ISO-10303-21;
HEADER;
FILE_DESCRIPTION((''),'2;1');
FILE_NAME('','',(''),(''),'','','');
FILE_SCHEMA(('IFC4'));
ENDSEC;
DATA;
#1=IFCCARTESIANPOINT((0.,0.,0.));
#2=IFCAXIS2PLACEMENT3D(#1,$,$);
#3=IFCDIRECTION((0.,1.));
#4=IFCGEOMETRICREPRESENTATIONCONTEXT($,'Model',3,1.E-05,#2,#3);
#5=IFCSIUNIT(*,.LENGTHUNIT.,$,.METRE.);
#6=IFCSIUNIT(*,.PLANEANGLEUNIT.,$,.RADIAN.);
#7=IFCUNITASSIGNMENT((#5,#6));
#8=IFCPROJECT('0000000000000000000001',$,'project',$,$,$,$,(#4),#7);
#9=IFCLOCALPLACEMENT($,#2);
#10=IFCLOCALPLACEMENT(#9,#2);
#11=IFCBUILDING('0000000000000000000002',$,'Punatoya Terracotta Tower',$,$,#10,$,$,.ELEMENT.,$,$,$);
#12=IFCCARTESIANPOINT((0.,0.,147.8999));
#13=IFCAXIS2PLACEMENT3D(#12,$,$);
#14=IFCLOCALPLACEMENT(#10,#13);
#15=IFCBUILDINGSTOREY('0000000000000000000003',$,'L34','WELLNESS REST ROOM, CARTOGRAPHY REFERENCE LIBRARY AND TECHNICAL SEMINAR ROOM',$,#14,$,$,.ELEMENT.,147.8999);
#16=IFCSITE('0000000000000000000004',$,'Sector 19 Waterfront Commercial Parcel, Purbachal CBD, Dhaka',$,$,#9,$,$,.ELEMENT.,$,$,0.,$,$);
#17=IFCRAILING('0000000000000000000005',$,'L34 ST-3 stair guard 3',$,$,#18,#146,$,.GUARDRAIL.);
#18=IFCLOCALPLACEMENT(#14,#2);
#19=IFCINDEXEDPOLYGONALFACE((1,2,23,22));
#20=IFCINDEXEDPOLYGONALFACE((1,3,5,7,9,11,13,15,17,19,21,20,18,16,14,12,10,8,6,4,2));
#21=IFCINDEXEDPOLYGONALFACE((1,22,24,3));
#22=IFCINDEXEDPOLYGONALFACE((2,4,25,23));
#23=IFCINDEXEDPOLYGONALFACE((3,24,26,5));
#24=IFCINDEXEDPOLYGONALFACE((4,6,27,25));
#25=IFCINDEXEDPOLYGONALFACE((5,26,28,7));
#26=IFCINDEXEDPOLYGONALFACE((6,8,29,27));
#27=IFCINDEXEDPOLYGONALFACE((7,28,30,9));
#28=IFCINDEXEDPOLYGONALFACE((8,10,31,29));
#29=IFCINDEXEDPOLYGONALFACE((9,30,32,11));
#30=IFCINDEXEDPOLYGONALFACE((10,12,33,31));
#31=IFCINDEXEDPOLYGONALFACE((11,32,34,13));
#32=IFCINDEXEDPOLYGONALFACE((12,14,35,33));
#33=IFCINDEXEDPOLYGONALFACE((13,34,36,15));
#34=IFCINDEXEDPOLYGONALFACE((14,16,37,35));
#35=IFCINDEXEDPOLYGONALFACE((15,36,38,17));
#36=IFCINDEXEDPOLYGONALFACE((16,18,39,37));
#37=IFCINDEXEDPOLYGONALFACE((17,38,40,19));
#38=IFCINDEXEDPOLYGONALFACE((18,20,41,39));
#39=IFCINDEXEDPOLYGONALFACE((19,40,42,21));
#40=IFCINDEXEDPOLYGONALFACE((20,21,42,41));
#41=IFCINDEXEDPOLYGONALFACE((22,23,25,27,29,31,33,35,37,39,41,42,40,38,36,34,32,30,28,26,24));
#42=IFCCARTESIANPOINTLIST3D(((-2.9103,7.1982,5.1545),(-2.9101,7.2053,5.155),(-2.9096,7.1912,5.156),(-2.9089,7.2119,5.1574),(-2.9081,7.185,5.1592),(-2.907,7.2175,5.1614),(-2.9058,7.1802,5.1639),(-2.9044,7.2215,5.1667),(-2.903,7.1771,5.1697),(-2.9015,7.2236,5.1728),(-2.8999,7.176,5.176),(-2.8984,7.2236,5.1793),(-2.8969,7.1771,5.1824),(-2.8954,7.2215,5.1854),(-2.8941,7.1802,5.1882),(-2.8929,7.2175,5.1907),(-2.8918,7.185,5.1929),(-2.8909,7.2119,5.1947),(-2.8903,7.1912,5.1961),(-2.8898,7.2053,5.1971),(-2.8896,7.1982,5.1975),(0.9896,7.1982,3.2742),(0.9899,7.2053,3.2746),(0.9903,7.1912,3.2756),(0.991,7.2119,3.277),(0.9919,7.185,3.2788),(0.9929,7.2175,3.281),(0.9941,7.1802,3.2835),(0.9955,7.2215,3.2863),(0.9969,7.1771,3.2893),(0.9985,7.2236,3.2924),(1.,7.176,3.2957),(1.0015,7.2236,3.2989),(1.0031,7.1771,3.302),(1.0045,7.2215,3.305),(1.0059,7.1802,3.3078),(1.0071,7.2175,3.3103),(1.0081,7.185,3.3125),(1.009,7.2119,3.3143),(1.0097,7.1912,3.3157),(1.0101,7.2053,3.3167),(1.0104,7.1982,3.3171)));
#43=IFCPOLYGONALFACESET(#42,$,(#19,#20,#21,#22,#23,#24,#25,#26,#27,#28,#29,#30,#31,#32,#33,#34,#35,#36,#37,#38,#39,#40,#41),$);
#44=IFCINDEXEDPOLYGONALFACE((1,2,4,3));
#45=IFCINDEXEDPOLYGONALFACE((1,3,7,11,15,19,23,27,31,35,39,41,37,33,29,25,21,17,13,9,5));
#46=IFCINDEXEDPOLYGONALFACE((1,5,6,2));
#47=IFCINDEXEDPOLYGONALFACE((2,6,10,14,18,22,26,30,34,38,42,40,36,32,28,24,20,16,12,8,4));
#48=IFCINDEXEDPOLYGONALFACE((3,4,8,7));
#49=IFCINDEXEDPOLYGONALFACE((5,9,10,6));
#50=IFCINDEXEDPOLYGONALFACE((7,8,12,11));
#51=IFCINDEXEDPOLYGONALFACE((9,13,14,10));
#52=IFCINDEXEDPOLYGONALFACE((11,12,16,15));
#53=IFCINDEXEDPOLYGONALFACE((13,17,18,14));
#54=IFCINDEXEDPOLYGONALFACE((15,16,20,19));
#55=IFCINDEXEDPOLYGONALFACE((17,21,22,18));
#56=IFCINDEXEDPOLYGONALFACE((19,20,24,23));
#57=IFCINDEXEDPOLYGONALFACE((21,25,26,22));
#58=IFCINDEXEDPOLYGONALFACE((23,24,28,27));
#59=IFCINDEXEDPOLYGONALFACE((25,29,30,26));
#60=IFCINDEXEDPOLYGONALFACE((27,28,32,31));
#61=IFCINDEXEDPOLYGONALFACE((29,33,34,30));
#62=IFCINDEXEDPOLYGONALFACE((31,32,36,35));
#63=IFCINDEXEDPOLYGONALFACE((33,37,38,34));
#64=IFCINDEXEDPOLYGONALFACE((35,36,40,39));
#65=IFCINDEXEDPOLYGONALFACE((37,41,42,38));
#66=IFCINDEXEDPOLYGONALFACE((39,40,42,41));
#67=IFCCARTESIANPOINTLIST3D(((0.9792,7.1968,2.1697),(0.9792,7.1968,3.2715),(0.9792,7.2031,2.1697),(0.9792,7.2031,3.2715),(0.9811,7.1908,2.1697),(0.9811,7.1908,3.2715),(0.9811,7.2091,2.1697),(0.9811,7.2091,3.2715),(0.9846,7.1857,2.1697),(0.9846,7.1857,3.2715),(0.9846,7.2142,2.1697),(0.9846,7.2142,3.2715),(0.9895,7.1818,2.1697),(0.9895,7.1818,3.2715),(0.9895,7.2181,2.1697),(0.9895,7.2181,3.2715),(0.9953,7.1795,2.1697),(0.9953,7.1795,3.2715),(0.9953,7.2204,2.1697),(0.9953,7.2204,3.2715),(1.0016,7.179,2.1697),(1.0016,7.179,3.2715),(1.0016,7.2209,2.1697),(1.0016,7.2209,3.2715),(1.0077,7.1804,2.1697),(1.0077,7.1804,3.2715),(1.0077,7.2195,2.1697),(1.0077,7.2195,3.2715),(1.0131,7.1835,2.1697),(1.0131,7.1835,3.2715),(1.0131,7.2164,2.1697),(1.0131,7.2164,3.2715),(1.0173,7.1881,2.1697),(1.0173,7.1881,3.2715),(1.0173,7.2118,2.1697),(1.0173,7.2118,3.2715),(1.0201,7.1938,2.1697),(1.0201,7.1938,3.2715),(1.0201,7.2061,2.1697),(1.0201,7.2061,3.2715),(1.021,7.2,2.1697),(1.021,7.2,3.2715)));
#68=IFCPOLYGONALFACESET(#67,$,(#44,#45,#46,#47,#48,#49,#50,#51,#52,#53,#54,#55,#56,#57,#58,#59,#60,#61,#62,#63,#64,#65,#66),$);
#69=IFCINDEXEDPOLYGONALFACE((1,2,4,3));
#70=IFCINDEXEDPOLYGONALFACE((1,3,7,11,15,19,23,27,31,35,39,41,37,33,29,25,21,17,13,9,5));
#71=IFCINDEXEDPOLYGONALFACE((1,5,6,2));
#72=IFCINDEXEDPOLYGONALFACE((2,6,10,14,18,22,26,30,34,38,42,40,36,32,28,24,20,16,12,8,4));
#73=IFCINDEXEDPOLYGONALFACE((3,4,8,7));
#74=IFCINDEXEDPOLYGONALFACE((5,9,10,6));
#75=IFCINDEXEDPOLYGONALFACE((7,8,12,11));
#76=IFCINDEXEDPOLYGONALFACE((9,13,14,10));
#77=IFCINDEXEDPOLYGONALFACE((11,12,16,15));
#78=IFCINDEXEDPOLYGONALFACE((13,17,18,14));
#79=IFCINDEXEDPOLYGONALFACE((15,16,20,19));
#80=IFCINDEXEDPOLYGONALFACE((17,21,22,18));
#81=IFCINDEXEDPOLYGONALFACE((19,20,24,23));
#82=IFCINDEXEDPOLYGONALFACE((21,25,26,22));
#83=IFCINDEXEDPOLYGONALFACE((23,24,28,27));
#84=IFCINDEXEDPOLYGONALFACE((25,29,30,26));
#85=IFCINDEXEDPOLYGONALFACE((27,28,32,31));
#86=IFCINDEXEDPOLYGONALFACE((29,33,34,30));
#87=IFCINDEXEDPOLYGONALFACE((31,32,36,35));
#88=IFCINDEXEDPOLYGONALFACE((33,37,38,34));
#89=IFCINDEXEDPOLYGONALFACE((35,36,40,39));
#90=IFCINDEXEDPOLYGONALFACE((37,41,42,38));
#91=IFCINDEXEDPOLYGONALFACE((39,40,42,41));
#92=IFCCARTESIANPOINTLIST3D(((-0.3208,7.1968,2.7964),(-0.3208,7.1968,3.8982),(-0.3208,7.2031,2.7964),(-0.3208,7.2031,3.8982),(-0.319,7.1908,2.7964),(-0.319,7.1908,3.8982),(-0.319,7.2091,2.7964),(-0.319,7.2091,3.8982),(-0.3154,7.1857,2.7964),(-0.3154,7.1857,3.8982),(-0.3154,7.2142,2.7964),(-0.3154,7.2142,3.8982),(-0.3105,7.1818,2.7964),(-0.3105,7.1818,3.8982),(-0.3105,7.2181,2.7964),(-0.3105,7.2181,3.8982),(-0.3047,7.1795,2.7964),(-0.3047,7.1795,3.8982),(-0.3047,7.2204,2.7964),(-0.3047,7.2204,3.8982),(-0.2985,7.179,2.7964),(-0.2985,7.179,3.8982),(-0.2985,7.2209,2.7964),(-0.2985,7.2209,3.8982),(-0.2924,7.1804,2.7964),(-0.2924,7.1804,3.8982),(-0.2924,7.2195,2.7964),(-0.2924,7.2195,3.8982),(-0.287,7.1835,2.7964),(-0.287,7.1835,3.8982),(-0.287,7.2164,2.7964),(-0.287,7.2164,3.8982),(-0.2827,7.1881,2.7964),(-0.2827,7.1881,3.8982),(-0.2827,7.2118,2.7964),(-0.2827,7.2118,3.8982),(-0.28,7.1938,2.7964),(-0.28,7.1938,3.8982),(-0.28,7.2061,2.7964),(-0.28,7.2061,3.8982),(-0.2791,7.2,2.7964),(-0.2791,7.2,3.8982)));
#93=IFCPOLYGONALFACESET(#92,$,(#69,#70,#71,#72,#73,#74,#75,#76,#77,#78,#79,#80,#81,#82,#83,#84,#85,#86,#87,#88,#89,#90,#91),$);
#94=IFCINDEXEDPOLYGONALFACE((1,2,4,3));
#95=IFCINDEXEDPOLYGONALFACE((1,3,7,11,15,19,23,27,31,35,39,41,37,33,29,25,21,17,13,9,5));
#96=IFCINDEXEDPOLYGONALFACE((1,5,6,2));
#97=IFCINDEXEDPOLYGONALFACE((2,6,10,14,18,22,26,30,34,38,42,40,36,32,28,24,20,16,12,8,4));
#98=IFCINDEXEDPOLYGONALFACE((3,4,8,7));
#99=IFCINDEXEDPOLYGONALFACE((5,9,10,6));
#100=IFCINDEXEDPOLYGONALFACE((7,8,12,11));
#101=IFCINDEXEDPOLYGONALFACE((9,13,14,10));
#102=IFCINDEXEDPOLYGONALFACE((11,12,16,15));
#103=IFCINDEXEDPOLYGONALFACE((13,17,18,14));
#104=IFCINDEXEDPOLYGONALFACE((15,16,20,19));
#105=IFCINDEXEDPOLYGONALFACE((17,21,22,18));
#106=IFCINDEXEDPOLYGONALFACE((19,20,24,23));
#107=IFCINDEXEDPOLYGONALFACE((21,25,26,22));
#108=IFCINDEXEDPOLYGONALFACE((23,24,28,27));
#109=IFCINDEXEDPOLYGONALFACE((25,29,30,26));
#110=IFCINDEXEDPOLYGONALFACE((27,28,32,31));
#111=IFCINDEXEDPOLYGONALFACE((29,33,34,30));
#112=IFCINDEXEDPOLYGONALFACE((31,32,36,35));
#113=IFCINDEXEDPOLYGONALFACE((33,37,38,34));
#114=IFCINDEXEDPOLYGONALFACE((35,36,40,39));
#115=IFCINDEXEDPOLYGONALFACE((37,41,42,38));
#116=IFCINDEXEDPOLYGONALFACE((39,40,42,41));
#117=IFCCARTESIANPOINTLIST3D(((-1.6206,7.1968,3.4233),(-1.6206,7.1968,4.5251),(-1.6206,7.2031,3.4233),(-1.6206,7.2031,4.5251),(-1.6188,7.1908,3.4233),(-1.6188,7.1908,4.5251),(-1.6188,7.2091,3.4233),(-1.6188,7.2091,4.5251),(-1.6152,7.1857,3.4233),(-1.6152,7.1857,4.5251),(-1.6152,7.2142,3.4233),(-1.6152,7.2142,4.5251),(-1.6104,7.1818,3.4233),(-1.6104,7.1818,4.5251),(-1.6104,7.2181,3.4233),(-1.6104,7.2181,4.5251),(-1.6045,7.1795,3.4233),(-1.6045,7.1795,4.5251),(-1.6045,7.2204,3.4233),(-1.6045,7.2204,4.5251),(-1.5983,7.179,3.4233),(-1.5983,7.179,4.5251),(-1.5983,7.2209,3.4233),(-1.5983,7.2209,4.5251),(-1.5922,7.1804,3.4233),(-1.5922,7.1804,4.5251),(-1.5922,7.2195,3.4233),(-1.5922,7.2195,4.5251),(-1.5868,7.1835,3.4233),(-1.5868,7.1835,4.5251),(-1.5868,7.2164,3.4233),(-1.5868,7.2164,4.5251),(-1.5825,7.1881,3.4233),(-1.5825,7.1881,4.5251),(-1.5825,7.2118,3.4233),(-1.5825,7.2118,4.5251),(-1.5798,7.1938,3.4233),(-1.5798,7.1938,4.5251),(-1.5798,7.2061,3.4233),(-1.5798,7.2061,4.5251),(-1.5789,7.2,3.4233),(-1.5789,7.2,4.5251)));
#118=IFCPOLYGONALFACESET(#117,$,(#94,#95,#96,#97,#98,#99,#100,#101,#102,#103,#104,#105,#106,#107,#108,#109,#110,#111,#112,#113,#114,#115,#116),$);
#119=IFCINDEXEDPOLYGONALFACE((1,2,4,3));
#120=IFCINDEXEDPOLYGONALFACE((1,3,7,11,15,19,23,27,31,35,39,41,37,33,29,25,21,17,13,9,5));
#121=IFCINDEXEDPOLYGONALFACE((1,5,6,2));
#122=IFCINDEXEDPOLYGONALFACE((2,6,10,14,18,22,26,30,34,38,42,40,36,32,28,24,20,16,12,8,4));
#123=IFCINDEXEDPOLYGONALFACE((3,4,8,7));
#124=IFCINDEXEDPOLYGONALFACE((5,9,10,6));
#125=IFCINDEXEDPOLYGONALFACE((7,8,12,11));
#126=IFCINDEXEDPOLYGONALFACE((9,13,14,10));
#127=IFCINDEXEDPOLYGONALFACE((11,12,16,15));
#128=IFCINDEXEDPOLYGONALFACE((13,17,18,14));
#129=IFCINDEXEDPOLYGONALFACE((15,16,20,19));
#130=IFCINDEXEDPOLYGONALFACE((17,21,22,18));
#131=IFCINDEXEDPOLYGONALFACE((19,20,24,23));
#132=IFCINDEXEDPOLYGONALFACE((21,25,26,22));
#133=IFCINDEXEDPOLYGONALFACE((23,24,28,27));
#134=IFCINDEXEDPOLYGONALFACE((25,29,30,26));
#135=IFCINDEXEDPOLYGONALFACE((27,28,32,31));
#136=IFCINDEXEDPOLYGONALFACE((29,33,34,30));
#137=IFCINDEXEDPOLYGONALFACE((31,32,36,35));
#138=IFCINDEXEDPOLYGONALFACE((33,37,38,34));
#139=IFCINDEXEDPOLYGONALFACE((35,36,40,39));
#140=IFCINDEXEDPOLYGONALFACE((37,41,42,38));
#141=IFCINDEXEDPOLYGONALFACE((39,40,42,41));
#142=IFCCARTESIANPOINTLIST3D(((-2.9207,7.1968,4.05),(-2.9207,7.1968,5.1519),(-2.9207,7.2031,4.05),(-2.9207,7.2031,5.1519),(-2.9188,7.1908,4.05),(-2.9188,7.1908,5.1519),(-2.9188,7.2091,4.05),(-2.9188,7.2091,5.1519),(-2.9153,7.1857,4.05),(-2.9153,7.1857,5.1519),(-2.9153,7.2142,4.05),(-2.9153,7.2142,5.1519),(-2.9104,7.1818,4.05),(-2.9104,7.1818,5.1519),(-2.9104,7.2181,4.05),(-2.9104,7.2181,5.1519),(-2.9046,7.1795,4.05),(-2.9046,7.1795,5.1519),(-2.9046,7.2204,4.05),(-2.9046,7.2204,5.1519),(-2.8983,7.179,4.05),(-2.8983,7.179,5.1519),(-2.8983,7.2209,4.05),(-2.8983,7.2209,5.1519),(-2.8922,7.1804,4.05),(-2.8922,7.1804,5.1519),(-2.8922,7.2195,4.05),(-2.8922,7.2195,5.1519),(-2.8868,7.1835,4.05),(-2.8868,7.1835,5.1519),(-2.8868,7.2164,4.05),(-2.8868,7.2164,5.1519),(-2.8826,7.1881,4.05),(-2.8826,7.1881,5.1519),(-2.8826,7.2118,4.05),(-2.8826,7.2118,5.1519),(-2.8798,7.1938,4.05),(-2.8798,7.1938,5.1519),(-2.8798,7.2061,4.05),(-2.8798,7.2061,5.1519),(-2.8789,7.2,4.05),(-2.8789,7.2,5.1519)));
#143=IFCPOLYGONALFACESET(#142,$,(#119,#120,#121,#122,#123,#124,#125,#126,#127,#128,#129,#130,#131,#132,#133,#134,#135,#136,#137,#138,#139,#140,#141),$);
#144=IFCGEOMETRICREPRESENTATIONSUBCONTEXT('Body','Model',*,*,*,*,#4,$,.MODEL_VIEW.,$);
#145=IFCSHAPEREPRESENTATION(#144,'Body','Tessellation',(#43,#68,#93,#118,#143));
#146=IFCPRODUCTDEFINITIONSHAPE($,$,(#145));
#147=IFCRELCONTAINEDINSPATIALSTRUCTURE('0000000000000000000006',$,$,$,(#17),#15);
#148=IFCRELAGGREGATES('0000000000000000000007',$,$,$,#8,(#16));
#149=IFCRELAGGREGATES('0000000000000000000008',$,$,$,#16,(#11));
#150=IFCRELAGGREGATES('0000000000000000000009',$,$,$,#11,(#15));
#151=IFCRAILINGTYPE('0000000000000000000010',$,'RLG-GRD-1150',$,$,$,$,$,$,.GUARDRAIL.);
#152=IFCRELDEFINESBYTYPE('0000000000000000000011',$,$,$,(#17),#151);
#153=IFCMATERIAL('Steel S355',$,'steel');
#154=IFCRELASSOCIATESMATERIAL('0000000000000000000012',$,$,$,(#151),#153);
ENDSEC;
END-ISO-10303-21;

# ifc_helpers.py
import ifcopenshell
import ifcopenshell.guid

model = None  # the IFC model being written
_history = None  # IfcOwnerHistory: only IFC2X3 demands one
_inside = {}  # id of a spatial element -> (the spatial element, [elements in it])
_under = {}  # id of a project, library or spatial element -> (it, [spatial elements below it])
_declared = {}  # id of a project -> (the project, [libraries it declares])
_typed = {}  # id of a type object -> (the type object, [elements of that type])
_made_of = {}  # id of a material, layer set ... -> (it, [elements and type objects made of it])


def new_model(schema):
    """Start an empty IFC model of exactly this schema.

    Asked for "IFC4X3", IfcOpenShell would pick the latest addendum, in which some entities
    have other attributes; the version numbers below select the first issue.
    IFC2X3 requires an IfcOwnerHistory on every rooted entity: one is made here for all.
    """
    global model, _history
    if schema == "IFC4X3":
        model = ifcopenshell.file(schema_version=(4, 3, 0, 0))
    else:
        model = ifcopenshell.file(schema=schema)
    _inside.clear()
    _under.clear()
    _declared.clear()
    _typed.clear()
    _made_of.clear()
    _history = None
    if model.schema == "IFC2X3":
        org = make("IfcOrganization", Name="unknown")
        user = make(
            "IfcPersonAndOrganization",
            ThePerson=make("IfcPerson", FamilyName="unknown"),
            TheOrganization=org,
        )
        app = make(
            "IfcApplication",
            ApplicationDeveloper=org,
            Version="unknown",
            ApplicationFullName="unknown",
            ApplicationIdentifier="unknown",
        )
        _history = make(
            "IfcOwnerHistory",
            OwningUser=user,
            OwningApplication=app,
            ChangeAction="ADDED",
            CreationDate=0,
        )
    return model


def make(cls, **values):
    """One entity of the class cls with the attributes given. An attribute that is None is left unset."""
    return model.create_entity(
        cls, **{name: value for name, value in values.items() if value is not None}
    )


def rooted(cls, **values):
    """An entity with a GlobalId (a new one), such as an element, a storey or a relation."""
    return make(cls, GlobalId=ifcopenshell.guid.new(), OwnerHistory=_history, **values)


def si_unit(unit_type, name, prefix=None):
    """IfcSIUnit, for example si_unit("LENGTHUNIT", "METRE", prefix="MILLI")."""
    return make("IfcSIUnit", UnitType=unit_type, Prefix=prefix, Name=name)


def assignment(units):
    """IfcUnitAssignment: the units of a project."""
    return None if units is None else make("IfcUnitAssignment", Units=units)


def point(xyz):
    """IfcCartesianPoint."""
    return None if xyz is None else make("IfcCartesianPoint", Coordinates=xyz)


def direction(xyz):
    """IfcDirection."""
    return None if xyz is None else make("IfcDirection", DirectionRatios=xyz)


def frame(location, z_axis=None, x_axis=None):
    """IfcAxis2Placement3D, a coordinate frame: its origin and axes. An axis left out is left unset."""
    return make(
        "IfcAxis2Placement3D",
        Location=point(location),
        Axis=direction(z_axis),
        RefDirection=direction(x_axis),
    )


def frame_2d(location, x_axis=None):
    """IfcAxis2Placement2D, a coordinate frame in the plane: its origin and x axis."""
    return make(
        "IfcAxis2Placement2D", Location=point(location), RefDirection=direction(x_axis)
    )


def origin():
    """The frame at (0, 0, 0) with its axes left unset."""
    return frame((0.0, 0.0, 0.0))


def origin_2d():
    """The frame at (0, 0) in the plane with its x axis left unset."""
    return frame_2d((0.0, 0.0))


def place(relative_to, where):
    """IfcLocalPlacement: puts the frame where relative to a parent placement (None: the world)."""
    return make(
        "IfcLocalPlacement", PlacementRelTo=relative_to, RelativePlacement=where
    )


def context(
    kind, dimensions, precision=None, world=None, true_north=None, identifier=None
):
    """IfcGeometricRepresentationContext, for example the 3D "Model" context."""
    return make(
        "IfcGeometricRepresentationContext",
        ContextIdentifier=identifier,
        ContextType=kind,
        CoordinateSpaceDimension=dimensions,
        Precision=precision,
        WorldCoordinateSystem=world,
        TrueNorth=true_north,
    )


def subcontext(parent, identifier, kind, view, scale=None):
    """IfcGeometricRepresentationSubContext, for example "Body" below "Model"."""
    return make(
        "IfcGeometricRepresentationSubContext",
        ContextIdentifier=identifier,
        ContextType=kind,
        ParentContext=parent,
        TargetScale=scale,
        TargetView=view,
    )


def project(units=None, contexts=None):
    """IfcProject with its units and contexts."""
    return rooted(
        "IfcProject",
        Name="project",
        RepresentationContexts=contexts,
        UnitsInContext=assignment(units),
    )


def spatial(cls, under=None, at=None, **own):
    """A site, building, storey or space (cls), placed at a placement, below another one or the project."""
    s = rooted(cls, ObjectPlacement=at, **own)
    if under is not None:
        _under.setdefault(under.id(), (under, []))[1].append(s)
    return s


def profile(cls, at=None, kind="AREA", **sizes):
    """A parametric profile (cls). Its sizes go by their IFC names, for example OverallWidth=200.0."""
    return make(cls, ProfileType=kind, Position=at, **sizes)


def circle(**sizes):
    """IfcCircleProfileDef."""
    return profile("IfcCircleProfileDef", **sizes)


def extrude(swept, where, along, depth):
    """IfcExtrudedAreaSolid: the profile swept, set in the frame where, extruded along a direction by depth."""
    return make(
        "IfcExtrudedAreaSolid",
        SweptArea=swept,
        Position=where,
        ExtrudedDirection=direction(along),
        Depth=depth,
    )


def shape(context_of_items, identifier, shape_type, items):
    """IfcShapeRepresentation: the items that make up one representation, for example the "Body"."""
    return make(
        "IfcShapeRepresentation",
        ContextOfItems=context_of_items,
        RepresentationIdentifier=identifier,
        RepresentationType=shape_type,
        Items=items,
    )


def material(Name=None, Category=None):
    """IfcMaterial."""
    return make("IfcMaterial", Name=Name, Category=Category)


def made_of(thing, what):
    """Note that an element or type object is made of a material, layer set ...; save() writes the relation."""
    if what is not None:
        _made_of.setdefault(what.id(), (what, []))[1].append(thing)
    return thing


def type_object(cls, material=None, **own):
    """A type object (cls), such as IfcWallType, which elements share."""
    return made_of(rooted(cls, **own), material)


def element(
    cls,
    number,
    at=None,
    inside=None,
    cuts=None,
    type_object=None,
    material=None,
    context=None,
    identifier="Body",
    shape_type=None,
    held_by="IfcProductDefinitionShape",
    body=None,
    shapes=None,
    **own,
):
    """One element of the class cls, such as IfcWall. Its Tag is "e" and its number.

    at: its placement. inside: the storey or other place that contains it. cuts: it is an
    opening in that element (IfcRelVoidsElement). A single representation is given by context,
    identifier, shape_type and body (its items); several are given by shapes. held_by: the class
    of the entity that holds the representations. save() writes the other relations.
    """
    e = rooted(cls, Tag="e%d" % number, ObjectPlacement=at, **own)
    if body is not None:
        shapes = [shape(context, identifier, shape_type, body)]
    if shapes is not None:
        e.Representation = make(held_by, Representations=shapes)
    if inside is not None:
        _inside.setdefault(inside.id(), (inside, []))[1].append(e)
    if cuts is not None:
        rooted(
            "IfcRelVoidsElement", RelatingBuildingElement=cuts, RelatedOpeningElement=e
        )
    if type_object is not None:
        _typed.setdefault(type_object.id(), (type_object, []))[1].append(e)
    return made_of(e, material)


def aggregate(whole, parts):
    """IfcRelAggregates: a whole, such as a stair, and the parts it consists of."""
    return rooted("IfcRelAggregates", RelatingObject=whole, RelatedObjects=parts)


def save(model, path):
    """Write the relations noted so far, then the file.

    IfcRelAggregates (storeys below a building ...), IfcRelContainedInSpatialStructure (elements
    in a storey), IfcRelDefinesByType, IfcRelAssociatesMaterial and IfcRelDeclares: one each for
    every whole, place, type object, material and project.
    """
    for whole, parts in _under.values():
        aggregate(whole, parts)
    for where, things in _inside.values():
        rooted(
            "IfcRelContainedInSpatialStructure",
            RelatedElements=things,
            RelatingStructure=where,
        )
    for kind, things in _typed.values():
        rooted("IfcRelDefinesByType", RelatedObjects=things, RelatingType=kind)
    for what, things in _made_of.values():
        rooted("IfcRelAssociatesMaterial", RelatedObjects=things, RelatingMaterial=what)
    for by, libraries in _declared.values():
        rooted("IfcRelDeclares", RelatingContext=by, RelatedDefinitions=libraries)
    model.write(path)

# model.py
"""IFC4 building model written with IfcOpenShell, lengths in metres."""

from ifc_helpers import new_model, si_unit, direction, frame, origin, origin_2d, place, context, subcontext, project, spatial, circle, extrude, material, type_object, element, save


model = new_model("IFC4")

# Units and contexts
model_context = context("Model", 3, precision=1e-05, world=origin(), true_north=direction((0.0, 1.0)))
body_context = subcontext(model_context, "Body", "Model", "MODEL_VIEW")
ifc_project = project(units=[si_unit("LENGTHUNIT", "METRE"), si_unit("PLANEANGLEUNIT", "RADIAN")], contexts=[model_context])

# Site, building, storey
site_placement = place(None, origin())
site = spatial("IfcSite", under=ifc_project, at=site_placement, Name="Sector 19 Waterfront Commercial Parcel, Purbachal CBD, Dhaka", CompositionType="ELEMENT", RefElevation=0.0)
building_placement = place(site_placement, origin())
building = spatial("IfcBuilding", under=site, at=building_placement, Name="Punatoya Terracotta Tower", CompositionType="ELEMENT")
storey_placement = place(building_placement, frame((0.0, 0.0, 147.8999)))
storey = spatial("IfcBuildingStorey", under=building, at=storey_placement, Name="L34", Description="WELLNESS REST ROOM, CARTOGRAPHY REFERENCE LIBRARY AND TECHNICAL SEMINAR ROOM", CompositionType="ELEMENT", Elevation=147.8999)

# Shared definitions
ifc_material_1 = material(Name="Steel S355", Category="steel")

# Railing
railing_type_1 = type_object("IfcRailingType", Name="RLG-GRD-1150", PredefinedType="GUARDRAIL", material=ifc_material_1)
railing_1_placement = place(storey_placement, frame((1.0, 7.2, 2.1697)))
element("IfcRailing", 1, at=railing_1_placement, inside=storey, type_object=railing_type_1, Name="L34 ST-3 stair guard 3", PredefinedType="GUARDRAIL", context=body_context, shape_type="SweptSolid", body=[
    extrude(circle(Radius=0.0239, at=origin_2d()), frame((0.0, 0.0, 1.126), z_axis=(-0.900763, 0.0, 0.434311), x_axis=(0.0, -1.0, 0.0)), (0.0, 0.0, 1.0), 4.3296),
    extrude(circle(Radius=0.021, at=origin_2d()), origin(), (0.0, 0.0, 1.0), 1.1018),
    extrude(circle(Radius=0.021, at=origin_2d()), frame((-1.3, 0.0, 0.6267)), (0.0, 0.0, 1.0), 1.1018),
    extrude(circle(Radius=0.021, at=origin_2d()), frame((-2.5999, 0.0, 1.2537)), (0.0, 0.0, 1.0), 1.1018),
    extrude(circle(Radius=0.021, at=origin_2d()), frame((-3.8999, 0.0, 1.8804)), (0.0, 0.0, 1.0), 1.1018),
])

save(model, "model.ifc")
